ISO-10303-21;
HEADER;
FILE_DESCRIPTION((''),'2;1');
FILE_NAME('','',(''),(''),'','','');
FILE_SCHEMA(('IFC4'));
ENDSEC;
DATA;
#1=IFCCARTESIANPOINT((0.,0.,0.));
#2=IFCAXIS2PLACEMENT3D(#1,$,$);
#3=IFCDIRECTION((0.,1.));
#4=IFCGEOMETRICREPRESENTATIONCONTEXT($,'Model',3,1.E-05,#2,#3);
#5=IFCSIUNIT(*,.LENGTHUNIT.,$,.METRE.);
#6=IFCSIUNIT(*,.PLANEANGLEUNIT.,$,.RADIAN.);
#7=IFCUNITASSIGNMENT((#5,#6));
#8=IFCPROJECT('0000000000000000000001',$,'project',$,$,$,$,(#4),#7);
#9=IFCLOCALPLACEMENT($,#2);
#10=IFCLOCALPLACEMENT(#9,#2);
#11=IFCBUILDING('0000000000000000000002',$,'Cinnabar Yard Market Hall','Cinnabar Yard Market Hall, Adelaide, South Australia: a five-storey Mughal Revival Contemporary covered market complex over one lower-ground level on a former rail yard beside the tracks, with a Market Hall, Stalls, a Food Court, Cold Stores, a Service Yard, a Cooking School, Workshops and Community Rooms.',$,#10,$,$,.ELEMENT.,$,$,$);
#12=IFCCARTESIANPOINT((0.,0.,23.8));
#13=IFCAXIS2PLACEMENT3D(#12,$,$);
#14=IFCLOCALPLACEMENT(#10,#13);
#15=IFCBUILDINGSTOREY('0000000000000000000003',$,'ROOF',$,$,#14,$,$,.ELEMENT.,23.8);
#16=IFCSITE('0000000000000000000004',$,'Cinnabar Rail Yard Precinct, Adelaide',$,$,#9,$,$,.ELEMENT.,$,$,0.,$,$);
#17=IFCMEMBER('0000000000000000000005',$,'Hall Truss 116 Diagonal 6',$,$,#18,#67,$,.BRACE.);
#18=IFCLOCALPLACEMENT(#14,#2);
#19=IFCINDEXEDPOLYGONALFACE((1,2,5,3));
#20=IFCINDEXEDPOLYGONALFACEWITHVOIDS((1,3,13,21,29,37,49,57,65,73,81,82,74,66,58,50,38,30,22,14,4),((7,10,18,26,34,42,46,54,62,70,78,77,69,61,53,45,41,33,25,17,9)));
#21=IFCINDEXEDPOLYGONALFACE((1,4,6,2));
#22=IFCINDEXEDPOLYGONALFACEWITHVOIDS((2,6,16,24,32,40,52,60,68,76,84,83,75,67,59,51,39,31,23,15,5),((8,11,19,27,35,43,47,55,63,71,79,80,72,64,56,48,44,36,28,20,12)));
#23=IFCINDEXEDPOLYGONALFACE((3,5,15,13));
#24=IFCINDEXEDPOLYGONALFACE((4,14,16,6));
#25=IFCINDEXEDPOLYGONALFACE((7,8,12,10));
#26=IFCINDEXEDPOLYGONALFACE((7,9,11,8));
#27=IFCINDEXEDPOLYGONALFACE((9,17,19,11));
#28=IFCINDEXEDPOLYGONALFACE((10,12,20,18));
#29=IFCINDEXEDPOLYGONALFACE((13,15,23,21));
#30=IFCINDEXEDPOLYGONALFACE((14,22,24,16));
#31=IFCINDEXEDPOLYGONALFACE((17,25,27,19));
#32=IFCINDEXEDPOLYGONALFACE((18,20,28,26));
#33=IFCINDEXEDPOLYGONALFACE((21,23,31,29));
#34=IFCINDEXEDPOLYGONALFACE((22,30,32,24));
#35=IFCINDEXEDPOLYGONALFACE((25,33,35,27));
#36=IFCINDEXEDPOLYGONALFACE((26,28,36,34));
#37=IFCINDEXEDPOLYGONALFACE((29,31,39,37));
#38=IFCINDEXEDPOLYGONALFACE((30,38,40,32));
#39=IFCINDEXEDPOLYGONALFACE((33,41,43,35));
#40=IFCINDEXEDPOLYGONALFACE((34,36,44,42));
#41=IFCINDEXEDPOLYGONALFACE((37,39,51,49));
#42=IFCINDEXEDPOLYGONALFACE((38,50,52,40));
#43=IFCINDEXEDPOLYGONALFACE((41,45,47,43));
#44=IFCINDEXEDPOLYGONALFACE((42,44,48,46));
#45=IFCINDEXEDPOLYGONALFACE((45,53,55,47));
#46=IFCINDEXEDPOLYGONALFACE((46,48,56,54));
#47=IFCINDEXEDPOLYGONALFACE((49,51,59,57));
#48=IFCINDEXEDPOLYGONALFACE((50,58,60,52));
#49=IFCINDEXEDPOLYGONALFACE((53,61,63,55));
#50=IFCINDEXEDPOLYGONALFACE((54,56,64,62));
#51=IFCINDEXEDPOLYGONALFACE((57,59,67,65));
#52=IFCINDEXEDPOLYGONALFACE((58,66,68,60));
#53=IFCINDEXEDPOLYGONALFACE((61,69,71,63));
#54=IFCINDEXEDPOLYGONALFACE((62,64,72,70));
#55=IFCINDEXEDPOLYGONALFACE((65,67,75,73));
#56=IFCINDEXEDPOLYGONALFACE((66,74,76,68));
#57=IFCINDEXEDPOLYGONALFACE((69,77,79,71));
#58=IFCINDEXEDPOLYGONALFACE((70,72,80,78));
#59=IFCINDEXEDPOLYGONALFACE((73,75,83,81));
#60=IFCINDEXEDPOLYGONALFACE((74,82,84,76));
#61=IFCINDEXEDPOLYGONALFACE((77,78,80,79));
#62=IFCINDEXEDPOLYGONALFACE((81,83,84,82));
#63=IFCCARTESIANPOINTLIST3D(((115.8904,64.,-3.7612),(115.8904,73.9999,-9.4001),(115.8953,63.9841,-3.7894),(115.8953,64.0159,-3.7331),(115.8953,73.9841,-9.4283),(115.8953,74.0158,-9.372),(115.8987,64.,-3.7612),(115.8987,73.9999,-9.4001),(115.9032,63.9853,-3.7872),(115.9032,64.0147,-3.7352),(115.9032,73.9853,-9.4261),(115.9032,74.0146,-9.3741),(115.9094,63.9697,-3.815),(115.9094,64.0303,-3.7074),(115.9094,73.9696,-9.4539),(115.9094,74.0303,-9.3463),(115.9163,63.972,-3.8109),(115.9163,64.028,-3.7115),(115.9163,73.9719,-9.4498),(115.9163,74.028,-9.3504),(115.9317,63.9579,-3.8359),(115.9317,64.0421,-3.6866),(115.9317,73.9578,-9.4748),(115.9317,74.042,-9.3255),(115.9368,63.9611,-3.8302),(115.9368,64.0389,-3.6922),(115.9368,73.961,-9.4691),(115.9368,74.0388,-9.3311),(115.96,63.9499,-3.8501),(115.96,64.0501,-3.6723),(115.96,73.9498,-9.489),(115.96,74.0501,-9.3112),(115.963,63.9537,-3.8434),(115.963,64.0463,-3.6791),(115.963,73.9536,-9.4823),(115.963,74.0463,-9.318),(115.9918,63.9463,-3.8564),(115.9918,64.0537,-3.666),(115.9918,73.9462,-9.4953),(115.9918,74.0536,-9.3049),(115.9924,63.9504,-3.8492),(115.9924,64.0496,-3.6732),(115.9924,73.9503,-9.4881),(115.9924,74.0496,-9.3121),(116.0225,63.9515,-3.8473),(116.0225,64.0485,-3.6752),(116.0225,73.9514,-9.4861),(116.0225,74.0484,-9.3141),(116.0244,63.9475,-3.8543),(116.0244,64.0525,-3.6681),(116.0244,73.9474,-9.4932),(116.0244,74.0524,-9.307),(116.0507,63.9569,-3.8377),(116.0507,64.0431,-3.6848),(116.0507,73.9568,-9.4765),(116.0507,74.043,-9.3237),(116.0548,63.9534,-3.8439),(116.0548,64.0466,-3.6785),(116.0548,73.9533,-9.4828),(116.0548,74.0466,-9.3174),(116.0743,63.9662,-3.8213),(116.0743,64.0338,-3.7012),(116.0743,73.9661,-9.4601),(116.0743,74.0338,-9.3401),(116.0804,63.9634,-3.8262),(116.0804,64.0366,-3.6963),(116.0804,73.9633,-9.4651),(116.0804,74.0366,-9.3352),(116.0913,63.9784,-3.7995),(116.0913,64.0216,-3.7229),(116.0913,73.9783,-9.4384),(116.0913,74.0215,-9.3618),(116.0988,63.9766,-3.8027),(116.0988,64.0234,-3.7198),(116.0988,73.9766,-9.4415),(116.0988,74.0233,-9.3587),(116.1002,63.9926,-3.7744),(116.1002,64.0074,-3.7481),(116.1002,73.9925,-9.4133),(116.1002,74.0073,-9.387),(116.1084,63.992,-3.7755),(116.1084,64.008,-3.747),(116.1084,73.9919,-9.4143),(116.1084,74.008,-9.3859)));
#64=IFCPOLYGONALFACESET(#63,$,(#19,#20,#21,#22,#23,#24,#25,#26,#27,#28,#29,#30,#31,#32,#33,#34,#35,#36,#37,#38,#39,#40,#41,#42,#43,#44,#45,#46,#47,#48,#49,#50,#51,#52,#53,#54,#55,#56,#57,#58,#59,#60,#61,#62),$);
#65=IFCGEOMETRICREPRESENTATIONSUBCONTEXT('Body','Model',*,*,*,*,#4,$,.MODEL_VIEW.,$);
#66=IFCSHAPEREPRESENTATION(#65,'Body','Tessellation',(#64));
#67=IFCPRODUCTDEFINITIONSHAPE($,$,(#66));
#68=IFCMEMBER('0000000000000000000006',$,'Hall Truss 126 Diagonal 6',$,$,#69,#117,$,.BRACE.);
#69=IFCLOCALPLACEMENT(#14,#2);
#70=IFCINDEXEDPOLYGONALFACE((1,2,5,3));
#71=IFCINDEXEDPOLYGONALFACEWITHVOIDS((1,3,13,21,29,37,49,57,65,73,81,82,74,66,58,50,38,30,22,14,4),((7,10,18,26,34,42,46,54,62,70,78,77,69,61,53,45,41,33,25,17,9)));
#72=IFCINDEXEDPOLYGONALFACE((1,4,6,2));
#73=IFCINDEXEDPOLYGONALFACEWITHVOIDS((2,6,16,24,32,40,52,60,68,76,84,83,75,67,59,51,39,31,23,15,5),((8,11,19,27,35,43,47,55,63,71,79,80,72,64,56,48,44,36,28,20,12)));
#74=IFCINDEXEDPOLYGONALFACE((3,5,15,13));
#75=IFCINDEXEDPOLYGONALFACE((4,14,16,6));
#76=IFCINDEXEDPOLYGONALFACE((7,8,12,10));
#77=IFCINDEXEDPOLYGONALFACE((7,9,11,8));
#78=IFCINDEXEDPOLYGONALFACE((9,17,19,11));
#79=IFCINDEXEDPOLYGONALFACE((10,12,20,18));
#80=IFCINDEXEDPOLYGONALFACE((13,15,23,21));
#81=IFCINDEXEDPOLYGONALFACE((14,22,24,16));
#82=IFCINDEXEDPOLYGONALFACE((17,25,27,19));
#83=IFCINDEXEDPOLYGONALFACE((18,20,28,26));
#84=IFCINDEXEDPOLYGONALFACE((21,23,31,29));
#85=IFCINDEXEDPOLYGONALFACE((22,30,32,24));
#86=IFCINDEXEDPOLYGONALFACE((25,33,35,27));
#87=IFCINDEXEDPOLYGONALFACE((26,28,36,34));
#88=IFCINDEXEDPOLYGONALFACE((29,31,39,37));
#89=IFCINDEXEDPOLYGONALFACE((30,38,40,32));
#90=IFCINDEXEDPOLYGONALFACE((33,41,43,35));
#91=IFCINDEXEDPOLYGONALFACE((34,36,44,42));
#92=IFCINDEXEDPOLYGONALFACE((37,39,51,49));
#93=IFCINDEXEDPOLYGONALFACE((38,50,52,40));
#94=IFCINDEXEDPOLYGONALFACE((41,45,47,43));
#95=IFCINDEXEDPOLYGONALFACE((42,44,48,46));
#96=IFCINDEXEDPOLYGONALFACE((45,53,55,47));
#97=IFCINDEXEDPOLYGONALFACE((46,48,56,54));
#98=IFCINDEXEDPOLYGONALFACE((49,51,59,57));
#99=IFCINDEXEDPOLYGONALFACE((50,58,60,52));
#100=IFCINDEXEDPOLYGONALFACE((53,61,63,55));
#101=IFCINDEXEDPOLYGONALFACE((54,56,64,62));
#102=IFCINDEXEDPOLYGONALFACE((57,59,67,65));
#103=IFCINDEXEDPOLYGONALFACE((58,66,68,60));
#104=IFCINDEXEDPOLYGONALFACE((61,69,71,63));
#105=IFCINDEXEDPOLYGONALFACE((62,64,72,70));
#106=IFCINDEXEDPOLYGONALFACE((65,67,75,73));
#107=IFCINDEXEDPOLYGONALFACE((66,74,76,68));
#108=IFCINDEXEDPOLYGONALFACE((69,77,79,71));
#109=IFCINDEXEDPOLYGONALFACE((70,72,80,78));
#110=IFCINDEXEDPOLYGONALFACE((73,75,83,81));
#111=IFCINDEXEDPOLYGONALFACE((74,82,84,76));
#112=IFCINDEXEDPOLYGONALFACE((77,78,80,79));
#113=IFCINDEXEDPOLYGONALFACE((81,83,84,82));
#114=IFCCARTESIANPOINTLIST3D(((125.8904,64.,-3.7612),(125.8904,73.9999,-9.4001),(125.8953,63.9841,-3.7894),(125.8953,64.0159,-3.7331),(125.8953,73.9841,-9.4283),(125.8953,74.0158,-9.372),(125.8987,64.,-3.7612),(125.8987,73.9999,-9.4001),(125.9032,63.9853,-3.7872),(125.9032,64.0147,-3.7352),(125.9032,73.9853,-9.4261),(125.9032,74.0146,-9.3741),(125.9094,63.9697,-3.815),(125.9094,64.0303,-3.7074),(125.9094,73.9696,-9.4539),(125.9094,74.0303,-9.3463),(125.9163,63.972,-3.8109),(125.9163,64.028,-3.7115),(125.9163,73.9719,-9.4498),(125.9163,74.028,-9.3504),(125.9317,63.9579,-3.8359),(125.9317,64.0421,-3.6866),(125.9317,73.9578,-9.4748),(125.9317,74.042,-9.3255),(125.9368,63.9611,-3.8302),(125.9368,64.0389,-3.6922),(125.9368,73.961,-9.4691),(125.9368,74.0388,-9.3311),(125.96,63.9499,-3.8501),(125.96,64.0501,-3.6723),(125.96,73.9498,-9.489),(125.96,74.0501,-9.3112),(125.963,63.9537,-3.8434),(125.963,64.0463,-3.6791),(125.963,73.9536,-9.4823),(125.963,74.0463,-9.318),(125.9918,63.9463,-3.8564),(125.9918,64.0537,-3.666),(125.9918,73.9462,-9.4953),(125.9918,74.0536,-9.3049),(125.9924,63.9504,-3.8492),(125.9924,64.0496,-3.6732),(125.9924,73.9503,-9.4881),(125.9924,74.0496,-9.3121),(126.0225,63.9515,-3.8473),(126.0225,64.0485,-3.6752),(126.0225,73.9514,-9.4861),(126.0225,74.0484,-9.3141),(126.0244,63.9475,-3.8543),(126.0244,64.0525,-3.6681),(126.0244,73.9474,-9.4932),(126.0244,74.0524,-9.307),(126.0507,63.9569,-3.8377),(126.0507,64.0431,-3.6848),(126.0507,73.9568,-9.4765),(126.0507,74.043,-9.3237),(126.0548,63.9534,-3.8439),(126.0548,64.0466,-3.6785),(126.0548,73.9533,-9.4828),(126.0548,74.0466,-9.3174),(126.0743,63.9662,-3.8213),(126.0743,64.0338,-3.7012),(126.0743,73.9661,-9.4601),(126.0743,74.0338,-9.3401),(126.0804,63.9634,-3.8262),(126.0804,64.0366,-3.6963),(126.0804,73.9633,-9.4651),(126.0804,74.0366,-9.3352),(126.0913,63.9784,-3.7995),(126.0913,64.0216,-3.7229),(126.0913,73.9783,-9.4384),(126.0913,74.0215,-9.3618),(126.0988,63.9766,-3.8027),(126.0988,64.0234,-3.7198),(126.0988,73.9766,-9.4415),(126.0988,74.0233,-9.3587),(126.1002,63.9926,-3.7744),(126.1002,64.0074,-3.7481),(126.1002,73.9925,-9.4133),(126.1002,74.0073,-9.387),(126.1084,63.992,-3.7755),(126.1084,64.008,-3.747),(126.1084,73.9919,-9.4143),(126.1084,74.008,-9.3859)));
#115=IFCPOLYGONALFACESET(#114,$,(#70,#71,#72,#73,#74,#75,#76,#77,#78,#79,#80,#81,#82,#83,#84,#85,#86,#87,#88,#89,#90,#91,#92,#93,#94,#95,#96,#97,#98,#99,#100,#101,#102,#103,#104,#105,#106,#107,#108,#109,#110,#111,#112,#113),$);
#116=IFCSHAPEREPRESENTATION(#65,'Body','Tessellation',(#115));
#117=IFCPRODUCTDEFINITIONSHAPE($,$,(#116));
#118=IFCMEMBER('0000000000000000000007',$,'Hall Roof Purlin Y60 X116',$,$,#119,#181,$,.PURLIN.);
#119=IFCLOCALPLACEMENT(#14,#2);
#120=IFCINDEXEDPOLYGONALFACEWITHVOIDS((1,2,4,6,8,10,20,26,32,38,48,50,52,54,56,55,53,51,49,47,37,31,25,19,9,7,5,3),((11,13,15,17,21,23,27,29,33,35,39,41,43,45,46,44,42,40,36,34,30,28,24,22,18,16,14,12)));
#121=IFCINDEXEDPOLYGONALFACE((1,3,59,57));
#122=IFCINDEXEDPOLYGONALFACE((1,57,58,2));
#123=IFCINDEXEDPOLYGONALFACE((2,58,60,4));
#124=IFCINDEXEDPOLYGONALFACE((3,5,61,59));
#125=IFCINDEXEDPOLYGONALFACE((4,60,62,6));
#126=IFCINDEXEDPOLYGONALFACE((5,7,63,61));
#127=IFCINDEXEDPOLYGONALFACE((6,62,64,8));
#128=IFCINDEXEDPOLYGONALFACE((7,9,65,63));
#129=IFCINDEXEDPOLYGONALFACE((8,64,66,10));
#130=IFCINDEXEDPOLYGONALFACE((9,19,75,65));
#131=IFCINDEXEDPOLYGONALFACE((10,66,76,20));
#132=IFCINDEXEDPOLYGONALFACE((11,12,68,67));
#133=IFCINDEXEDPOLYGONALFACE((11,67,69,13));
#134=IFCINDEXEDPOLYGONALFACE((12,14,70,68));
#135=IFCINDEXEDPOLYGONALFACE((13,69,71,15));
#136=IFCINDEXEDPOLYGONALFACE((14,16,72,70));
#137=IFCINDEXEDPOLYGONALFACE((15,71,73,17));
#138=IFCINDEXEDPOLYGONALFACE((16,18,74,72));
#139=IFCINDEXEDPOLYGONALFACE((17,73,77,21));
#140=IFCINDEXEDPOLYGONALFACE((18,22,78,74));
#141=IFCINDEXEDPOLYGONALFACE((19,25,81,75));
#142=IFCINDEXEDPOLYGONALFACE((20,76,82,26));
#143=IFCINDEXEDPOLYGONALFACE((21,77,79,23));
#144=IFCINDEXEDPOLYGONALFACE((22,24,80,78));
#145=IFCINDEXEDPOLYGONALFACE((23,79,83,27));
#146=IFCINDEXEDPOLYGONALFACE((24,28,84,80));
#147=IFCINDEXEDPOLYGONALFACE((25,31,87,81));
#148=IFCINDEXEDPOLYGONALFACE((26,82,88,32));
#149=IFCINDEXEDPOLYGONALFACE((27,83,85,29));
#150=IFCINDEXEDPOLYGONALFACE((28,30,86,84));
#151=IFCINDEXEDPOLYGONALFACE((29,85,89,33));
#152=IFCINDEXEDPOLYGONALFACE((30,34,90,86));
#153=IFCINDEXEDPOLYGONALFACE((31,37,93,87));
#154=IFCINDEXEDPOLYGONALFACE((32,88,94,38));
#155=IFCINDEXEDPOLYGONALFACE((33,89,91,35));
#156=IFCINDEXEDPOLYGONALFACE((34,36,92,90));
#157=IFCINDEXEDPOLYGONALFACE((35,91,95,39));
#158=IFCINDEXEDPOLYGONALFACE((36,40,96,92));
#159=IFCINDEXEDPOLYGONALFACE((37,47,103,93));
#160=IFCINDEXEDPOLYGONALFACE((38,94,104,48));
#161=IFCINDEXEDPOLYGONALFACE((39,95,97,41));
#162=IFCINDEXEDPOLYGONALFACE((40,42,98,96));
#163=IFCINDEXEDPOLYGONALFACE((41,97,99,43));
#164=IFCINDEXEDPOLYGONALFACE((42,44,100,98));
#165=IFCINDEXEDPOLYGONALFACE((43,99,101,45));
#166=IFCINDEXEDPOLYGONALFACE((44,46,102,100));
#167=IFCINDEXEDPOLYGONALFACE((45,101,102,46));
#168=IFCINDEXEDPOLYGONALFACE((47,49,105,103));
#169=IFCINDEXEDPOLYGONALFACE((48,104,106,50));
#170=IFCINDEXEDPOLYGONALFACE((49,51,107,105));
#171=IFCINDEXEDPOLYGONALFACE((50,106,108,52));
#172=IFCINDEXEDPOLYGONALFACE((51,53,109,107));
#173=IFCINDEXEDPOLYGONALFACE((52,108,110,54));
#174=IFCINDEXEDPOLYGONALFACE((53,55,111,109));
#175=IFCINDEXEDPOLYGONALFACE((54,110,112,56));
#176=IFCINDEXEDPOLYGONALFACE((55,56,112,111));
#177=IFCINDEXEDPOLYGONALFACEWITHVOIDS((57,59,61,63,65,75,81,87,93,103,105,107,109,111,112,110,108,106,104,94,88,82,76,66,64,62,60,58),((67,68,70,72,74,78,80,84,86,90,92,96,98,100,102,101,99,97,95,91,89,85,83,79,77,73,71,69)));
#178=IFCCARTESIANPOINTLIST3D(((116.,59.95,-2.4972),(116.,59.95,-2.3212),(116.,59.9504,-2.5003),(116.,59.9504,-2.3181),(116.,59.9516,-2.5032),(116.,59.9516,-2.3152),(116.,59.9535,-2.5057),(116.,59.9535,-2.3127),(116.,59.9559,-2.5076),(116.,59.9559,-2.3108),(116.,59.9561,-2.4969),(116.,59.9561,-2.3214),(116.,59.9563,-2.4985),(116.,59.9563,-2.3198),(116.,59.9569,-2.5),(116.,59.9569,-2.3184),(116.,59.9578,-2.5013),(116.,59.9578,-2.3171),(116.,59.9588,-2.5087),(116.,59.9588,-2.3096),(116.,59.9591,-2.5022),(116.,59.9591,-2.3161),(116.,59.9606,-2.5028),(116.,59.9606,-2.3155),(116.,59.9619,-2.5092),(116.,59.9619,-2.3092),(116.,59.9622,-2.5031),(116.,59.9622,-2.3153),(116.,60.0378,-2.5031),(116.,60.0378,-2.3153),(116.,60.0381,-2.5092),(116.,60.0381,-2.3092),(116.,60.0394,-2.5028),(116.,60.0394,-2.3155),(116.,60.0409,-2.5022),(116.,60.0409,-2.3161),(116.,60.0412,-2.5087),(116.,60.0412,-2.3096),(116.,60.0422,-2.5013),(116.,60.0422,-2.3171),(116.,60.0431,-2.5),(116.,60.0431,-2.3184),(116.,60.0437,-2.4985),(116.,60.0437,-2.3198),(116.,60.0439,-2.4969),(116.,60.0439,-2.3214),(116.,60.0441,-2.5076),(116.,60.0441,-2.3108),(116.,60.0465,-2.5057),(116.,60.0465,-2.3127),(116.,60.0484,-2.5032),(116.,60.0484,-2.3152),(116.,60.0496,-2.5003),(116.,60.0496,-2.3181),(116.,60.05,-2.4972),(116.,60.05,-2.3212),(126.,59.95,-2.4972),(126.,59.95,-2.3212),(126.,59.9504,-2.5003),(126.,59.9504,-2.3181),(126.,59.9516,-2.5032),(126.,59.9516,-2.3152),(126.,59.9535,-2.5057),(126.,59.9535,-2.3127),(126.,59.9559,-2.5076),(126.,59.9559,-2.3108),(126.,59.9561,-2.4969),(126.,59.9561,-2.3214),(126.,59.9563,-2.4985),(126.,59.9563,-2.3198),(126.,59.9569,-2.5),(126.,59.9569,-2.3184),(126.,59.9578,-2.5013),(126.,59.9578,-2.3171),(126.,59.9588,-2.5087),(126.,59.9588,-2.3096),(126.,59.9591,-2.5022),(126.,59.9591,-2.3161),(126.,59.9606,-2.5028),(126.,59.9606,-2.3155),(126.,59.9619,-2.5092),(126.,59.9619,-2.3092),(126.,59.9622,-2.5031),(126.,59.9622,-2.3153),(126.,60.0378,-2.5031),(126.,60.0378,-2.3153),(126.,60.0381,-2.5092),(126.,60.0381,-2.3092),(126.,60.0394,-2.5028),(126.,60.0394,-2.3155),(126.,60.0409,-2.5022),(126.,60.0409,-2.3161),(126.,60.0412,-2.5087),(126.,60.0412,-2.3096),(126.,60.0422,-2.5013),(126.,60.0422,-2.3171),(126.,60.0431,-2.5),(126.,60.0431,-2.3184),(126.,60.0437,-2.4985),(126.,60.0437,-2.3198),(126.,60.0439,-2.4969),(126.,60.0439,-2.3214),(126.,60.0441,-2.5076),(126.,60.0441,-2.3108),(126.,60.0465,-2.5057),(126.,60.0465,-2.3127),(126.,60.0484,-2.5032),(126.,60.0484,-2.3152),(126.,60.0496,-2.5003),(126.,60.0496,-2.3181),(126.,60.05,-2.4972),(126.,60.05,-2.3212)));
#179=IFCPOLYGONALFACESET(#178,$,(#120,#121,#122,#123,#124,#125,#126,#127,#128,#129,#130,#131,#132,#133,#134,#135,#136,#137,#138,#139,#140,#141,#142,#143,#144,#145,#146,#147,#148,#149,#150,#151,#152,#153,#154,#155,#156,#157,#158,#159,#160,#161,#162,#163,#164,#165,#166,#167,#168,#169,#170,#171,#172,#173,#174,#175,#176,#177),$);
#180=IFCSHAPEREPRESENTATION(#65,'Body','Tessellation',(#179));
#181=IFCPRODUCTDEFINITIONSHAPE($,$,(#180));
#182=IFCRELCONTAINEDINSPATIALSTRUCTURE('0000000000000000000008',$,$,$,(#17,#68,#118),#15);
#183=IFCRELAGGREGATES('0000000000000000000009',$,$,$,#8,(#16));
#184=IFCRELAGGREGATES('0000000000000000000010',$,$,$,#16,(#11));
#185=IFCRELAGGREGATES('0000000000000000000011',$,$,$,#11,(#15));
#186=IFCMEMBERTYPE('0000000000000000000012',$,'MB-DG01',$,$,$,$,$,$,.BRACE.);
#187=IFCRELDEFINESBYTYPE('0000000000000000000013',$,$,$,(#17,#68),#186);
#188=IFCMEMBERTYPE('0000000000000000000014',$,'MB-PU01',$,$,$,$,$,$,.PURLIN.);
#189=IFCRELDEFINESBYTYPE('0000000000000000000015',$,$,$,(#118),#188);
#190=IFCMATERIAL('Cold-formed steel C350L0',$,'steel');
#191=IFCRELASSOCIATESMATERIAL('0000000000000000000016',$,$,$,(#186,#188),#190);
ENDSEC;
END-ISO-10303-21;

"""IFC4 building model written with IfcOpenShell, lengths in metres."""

from ifc_helpers import new_model, si_unit, direction, frame, origin, origin_2d_with_axis, place, context, subcontext, project, spatial, hollow_rectangle, hollow_circle, extrude, material, material_profile, profile_set, type_object, element, save


model = new_model("IFC4")

# Units and contexts
model_context = context("Model", 3, precision=1e-05, world=origin(), true_north=direction((0.0, 1.0)))
body_context = subcontext(model_context, "Body", "Model", "MODEL_VIEW")
ifc_project = project(units=[si_unit("LENGTHUNIT", "METRE"), si_unit("PLANEANGLEUNIT", "RADIAN")], contexts=[model_context])

# Site, building, storey
site_placement = place(None, origin())
site = spatial("IfcSite", under=ifc_project, at=site_placement, Name="Cinnabar Rail Yard Precinct, Adelaide", CompositionType="ELEMENT", RefElevation=0.0)
building_placement = place(site_placement, origin())
building = spatial("IfcBuilding", under=site, at=building_placement, Name="Cinnabar Yard Market Hall", Description="Cinnabar Yard Market Hall, Adelaide, South Australia: a five-storey Mughal Revival Contemporary covered market complex over one lower-ground level on a former rail yard beside the tracks, with a Market Hall, Stalls, a Food Court, Cold Stores, a Service Yard, a Cooking School, Workshops and Community Rooms.", CompositionType="ELEMENT")
storey_placement = place(building_placement, frame((0.0, 0.0, 23.8)))
storey = spatial("IfcBuildingStorey", under=building, at=storey_placement, Name="ROOF", CompositionType="ELEMENT", Elevation=23.8)

# Members
ifc_material_1 = material(Name="Cold-formed steel C350L0", Category="steel")
ifc_material_profile_1 = material_profile(ifc_material_1, hollow_circle(Radius=0.1096, WallThickness=0.0083, at=origin_2d_with_axis()), Name="219.1x8.2CHS")
ifc_profile_set_1 = profile_set([ifc_material_profile_1], Name="Cold-formed steel C350L0")
member_type_1 = type_object("IfcMemberType", Name="MB-DG01", PredefinedType="BRACE", material=ifc_profile_set_1)
for number, where, z_axis, x_axis, name in (
    (1, (116.0, 64.0, -3.7612), (0.0, 0.871057, -0.491182), (-1.0, 0.0, 0.0), "Hall Truss 116 Diagonal 6"),
    (2, (126.0, 64.0, -3.7612), (0.0, 0.871057, -0.491182), (-1.0, 0.0, 0.0), "Hall Truss 126 Diagonal 6"),
):
    element("IfcMember", number, at=place(storey_placement, frame(where, z_axis=z_axis, x_axis=x_axis)), inside=storey, type_object=member_type_1, Name=name, PredefinedType="BRACE", context=body_context, shape_type="SweptSolid", body=[
        extrude(hollow_circle(Radius=0.1096, WallThickness=0.0083, at=origin_2d_with_axis()), origin(), (0.0, 0.0, 1.0), 11.4802),
    ])
ifc_material_profile_2 = material_profile(ifc_material_1, hollow_rectangle(XDim=0.1001, YDim=0.2, WallThickness=0.0061, InnerFilletRadius=0.0061, OuterFilletRadius=0.012, at=origin_2d_with_axis()), Name="200x100x6.0RHS")
ifc_profile_set_2 = profile_set([ifc_material_profile_2], Name="Cold-formed steel C350L0")
member_type_2 = type_object("IfcMemberType", Name="MB-PU01", PredefinedType="PURLIN", material=ifc_profile_set_2)
for number, where, z_axis, x_axis, name in (
    (3, (116.0, 60.0, -2.4092), (1.0, 0.0, 0.0), (0.0, 1.0, 0.0), "Hall Roof Purlin Y60 X116"),
):
    element("IfcMember", number, at=place(storey_placement, frame(where, z_axis=z_axis, x_axis=x_axis)), inside=storey, type_object=member_type_2, Name=name, PredefinedType="PURLIN", context=body_context, shape_type="SweptSolid", body=[
        extrude(hollow_rectangle(XDim=0.1001, YDim=0.2, WallThickness=0.0061, InnerFilletRadius=0.0061, OuterFilletRadius=0.012, at=origin_2d_with_axis()), origin(), (0.0, 0.0, 1.0), 10.0),
    ])

save(model, "model.ifc")
